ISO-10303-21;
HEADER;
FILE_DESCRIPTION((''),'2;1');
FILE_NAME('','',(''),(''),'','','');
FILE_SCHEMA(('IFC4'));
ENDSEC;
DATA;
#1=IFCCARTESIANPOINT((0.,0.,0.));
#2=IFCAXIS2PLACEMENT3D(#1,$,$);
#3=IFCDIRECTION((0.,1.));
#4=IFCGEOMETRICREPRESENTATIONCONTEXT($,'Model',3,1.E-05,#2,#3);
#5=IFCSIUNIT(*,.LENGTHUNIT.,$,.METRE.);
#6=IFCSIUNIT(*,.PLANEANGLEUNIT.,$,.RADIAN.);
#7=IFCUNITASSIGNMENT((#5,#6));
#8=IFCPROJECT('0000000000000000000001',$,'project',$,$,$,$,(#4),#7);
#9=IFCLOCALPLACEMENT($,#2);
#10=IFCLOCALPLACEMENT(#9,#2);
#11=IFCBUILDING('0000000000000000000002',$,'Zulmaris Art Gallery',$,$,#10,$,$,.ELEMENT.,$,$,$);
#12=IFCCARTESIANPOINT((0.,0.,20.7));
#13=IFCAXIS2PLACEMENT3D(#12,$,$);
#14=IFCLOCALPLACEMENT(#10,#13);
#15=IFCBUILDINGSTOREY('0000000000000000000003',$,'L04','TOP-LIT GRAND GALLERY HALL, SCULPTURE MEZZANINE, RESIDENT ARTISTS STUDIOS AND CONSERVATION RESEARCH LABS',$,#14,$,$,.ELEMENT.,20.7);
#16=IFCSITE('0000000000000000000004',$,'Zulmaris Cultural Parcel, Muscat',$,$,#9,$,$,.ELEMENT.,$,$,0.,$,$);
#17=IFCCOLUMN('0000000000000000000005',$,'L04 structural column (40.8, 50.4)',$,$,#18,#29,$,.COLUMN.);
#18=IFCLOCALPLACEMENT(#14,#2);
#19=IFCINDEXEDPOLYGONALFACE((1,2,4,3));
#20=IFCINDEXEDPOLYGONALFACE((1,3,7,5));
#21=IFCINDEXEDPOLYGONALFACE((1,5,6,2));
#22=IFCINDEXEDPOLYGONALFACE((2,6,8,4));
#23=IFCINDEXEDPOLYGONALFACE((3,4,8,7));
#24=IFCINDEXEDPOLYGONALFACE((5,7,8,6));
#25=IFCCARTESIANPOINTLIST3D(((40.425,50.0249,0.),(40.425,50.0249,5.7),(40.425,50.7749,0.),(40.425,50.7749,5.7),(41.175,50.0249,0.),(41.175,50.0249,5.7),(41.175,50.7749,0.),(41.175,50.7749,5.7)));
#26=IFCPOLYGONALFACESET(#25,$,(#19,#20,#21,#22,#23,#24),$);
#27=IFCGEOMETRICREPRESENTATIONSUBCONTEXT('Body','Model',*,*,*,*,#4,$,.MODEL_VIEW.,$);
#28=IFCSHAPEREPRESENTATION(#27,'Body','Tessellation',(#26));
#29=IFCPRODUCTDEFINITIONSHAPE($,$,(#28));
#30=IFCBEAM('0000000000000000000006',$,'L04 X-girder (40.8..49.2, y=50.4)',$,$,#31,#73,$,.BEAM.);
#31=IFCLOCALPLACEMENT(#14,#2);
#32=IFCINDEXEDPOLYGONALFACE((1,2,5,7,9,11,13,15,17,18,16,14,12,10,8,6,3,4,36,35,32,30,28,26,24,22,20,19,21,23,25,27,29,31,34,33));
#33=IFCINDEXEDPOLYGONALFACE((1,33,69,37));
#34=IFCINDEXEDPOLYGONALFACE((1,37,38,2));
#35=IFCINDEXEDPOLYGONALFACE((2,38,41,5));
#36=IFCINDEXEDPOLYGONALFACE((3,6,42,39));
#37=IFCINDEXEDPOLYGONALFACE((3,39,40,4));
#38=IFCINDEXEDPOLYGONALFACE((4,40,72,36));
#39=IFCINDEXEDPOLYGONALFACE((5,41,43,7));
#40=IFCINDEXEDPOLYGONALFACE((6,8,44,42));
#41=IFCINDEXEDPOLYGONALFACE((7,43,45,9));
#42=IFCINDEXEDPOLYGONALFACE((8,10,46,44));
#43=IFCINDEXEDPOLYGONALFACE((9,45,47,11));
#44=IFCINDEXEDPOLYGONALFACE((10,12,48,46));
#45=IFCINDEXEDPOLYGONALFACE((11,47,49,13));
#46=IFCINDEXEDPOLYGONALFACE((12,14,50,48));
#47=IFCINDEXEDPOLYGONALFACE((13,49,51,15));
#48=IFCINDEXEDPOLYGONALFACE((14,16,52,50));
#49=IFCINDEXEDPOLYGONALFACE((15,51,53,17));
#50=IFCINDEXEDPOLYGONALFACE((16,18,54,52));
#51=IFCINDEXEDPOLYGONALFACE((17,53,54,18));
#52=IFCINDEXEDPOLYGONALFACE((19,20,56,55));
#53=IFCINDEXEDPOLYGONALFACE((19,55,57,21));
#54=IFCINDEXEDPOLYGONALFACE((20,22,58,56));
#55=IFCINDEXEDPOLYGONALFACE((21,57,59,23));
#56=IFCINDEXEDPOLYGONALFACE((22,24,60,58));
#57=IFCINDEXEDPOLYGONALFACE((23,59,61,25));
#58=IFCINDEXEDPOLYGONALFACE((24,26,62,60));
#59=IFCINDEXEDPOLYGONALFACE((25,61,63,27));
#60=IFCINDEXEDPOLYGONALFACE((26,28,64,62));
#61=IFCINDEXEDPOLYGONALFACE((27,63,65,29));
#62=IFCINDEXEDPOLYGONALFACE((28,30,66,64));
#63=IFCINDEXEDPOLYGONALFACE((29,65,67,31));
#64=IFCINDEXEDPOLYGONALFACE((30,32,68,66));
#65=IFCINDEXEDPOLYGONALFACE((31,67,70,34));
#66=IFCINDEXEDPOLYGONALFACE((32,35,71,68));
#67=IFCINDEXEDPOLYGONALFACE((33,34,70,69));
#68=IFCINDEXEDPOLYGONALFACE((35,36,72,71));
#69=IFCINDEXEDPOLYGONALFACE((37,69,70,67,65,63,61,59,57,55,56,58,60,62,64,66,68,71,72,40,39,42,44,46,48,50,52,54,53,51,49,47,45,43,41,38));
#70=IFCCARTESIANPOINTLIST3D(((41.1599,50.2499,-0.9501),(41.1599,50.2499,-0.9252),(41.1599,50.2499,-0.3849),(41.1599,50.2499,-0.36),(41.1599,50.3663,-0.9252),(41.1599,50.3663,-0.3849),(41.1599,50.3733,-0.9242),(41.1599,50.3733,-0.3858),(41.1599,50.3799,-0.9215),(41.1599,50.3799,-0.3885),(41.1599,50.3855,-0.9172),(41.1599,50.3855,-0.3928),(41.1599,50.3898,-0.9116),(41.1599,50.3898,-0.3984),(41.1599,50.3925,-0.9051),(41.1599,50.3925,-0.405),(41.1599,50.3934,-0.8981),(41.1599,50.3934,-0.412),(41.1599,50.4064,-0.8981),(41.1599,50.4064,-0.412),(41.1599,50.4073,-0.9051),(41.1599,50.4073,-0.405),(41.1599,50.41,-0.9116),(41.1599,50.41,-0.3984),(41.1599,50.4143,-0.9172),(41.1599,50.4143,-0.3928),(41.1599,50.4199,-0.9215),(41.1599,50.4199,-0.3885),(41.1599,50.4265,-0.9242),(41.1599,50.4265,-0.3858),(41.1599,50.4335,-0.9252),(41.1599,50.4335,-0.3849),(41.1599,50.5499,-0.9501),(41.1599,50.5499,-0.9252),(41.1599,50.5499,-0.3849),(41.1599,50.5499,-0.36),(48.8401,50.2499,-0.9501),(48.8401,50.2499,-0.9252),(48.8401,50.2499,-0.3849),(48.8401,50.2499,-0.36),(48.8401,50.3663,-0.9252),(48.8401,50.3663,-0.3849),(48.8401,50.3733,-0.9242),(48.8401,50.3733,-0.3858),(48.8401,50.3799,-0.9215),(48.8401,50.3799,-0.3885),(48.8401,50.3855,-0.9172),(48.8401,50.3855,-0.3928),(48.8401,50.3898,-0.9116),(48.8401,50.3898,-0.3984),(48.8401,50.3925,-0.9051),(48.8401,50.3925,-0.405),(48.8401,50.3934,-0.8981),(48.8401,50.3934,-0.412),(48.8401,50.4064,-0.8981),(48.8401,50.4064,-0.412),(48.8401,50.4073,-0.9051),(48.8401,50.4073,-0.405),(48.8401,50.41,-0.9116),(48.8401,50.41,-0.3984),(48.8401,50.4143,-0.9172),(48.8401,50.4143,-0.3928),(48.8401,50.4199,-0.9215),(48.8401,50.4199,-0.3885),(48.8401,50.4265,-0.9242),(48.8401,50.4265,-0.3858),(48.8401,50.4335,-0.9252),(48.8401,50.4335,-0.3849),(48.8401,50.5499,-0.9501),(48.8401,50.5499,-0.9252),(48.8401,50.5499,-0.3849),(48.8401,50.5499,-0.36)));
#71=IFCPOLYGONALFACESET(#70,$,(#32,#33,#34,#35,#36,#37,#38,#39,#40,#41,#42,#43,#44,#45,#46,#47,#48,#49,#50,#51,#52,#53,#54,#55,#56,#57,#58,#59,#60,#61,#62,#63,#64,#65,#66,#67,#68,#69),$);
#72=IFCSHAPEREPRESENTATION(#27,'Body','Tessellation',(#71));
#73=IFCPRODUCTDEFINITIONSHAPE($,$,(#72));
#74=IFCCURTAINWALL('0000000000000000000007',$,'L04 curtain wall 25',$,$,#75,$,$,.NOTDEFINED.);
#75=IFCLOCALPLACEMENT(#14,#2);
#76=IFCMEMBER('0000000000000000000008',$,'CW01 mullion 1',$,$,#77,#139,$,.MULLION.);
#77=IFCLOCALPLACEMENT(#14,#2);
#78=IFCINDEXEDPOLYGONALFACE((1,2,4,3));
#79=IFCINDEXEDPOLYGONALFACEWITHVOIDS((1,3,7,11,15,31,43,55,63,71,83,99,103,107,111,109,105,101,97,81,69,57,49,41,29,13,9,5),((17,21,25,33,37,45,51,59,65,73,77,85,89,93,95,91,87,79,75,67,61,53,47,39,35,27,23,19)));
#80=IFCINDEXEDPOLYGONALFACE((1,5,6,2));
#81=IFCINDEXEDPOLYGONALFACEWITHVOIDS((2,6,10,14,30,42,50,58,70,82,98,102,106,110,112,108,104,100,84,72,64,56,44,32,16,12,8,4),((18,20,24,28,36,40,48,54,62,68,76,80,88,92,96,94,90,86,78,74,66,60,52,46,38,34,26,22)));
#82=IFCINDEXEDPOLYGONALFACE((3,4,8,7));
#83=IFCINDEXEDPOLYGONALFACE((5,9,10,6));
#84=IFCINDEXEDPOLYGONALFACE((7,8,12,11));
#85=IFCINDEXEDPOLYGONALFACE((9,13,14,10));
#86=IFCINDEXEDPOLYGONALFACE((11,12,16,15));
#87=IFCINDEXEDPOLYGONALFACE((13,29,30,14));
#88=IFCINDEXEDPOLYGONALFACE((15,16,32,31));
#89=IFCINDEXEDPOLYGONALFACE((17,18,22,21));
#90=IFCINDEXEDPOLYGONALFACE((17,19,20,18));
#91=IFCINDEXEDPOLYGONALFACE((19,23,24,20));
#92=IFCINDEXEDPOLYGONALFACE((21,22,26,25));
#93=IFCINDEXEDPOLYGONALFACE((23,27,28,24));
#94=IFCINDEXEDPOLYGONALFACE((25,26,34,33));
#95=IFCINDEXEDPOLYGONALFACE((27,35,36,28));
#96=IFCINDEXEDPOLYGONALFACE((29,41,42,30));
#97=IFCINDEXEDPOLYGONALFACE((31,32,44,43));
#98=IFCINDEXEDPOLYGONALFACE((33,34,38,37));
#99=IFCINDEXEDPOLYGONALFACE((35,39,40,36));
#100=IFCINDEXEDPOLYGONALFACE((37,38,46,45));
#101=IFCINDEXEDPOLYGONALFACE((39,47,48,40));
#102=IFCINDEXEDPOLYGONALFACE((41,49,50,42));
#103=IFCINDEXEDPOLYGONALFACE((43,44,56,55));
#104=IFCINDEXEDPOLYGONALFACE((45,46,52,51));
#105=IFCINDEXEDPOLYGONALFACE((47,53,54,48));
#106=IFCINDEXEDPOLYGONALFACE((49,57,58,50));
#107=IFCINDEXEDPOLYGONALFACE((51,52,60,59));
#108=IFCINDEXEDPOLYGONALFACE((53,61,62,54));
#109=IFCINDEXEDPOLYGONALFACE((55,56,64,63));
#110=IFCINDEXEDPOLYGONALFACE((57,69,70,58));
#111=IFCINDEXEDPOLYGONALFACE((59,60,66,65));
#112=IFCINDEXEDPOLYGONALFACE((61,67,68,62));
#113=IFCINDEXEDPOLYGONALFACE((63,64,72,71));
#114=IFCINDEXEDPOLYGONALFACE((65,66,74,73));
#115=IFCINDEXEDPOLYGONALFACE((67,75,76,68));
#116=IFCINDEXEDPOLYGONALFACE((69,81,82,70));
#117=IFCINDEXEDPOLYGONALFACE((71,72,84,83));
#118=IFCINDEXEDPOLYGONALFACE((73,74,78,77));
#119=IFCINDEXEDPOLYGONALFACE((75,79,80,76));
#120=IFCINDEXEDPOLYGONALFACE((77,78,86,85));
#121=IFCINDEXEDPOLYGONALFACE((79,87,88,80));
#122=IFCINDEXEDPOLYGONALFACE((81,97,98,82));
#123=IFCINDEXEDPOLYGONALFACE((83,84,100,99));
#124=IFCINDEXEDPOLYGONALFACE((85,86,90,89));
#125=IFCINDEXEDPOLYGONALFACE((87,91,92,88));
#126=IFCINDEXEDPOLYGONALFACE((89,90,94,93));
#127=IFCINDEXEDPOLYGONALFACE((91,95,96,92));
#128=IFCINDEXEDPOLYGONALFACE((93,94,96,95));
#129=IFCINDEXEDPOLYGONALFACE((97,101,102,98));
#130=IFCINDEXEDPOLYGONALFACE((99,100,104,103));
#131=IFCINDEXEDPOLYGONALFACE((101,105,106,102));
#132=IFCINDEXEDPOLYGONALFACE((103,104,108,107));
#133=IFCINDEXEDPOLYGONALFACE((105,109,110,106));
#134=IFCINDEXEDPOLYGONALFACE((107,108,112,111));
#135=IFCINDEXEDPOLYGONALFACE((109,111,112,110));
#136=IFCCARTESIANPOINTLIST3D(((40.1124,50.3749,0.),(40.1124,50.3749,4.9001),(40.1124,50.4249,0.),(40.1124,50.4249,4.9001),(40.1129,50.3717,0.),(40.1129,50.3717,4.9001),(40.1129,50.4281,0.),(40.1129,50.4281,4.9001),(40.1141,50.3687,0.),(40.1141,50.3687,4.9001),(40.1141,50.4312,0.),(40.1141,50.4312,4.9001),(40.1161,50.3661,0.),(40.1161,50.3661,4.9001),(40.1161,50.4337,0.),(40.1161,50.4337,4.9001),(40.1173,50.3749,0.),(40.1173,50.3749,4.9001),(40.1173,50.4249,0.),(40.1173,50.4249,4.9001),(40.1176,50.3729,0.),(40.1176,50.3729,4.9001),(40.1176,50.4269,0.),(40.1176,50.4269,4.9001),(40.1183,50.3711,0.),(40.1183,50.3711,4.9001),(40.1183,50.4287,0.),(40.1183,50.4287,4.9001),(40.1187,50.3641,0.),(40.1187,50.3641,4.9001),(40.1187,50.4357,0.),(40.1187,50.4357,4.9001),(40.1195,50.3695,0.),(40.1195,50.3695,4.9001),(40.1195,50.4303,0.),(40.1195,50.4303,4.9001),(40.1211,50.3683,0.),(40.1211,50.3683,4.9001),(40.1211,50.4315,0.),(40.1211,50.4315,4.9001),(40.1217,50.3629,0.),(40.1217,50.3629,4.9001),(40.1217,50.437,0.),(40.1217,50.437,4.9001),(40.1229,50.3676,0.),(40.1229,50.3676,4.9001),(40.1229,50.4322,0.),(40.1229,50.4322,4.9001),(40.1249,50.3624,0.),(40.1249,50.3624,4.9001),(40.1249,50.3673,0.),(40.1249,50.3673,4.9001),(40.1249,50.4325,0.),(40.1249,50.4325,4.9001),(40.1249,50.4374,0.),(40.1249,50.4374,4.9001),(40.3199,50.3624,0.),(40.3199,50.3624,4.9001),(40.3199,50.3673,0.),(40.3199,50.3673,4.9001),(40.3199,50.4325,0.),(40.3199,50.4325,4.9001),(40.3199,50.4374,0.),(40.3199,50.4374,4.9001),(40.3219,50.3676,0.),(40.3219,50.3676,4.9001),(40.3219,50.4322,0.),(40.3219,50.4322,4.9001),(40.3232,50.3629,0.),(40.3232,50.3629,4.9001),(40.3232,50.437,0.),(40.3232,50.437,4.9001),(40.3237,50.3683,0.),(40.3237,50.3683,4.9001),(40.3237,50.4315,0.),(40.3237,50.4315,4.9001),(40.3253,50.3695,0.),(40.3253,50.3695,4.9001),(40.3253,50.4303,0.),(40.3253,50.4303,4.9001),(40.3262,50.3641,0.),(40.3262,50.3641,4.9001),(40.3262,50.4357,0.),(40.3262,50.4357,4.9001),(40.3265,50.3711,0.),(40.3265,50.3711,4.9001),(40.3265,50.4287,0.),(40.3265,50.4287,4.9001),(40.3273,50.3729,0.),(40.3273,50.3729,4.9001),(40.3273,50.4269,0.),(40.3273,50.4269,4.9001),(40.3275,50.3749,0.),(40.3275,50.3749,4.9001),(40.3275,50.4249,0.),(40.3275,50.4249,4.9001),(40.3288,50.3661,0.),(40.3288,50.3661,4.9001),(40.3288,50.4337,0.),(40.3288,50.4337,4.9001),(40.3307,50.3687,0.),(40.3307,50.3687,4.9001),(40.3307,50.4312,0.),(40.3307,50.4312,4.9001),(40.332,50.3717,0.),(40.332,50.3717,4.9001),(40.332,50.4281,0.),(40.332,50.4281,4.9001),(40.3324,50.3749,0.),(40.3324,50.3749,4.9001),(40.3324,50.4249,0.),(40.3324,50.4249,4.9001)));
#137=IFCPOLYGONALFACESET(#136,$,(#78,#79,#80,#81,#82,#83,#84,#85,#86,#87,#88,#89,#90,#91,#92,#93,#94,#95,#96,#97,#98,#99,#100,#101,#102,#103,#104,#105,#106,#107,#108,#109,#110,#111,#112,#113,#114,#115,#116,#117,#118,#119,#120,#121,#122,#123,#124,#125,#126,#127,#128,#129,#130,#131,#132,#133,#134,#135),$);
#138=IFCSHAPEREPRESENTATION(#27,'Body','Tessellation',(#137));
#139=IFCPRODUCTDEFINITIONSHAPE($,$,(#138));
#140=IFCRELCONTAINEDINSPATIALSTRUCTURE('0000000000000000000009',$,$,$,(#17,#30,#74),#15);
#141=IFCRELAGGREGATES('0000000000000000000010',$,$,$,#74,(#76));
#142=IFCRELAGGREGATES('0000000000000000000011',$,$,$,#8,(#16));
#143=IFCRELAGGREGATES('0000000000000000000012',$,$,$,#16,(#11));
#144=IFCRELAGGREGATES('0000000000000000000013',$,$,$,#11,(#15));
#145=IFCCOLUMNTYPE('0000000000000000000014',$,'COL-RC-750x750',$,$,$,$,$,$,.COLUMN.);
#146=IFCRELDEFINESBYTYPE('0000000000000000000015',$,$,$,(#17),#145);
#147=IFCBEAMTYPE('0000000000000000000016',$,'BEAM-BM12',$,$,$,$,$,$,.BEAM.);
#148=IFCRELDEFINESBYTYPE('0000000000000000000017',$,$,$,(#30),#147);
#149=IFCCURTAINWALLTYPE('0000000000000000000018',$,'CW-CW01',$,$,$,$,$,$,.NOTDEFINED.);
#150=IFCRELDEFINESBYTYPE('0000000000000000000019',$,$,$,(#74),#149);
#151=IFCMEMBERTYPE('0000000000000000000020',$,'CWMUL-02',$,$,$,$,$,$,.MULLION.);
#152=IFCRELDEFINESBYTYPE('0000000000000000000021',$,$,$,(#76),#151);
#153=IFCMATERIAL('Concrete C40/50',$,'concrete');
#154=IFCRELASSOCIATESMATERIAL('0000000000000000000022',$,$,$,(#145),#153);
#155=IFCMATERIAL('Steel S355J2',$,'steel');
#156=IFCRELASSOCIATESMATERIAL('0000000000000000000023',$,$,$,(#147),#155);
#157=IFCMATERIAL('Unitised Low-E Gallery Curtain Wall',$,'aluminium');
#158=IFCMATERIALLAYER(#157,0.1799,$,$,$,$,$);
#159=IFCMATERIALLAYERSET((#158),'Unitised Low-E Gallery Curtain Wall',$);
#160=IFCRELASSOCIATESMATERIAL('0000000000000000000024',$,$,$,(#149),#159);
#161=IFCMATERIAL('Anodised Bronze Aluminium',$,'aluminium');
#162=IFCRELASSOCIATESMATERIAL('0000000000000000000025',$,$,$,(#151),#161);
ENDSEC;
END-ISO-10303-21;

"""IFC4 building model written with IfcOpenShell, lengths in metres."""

from ifc_helpers import new_model, si_unit, direction, frame, origin, origin_2d, place, context, subcontext, project, spatial, rectangle, hollow_rectangle, i_section, extrude, material, layer, layer_set, material_profile, profile_set, type_object, element, aggregate, save


model = new_model("IFC4")

# Units and contexts
model_context = context("Model", 3, precision=1e-05, world=origin(), true_north=direction((0.0, 1.0)))
body_context = subcontext(model_context, "Body", "Model", "MODEL_VIEW")
ifc_project = project(units=[si_unit("LENGTHUNIT", "METRE"), si_unit("PLANEANGLEUNIT", "RADIAN")], contexts=[model_context])

# Site, building, storey
site_placement = place(None, origin())
site = spatial("IfcSite", under=ifc_project, at=site_placement, Name="Zulmaris Cultural Parcel, Muscat", CompositionType="ELEMENT", RefElevation=0.0)
building_placement = place(site_placement, origin())
building = spatial("IfcBuilding", under=site, at=building_placement, Name="Zulmaris Art Gallery", CompositionType="ELEMENT")
storey_placement = place(building_placement, frame((0.0, 0.0, 20.7)))
storey = spatial("IfcBuildingStorey", under=building, at=storey_placement, Name="L04", Description="TOP-LIT GRAND GALLERY HALL, SCULPTURE MEZZANINE, RESIDENT ARTISTS STUDIOS AND CONSERVATION RESEARCH LABS", CompositionType="ELEMENT", Elevation=20.7)

# Column
ifc_material_1 = material(Name="Concrete C40/50", Category="concrete")
ifc_material_profile_1 = material_profile(ifc_material_1, rectangle(XDim=0.75, YDim=0.75, at=origin_2d()), Name="RC 750x750")
ifc_profile_set_1 = profile_set([ifc_material_profile_1], Name="Concrete C40/50")
column_type = type_object("IfcColumnType", Name="COL-RC-750x750", PredefinedType="COLUMN", material=ifc_profile_set_1)
column_placement = place(storey_placement, frame((40.8, 50.3999, 0.0), z_axis=(0.0, 0.0, 1.0), x_axis=(1.0, 0.0, 0.0)))
element("IfcColumn", 1, at=column_placement, inside=storey, type_object=column_type, Name="L04 structural column (40.8, 50.4)", PredefinedType="COLUMN", context=body_context, shape_type="SweptSolid", body=[
    extrude(rectangle(XDim=0.75, YDim=0.75, at=origin_2d()), origin(), (0.0, 0.0, 1.0), 5.7),
])

# Beam
ifc_material_2 = material(Name="Steel S355J2", Category="steel")
ifc_material_profile_2 = material_profile(ifc_material_2, i_section(OverallWidth=0.3, OverallDepth=0.5901, WebThickness=0.0129, FlangeThickness=0.0249, FilletRadius=0.0271, at=origin_2d()), Name="HEA 600")
ifc_profile_set_2 = profile_set([ifc_material_profile_2], Name="Steel S355J2")
beam_type = type_object("IfcBeamType", Name="BEAM-BM12", PredefinedType="BEAM", material=ifc_profile_set_2)
beam_placement = place(storey_placement, frame((41.1599, 50.3999, -0.655), z_axis=(1.0, 0.0, 0.0), x_axis=(0.0, 1.0, 0.0)))
element("IfcBeam", 2, at=beam_placement, inside=storey, type_object=beam_type, Name="L04 X-girder (40.8..49.2, y=50.4)", PredefinedType="BEAM", context=body_context, shape_type="SweptSolid", body=[
    extrude(i_section(OverallWidth=0.3, OverallDepth=0.5901, WebThickness=0.0129, FlangeThickness=0.0249, FilletRadius=0.0271, at=origin_2d()), origin(), (0.0, 0.0, 1.0), 7.6802),
])

# Curtain wall, member
ifc_material_3 = material(Name="Unitised Low-E Gallery Curtain Wall", Category="aluminium")
ifc_layer_1 = layer(ifc_material_3, 0.1799)
ifc_layer_set_1 = layer_set([ifc_layer_1], Name="Unitised Low-E Gallery Curtain Wall")
curtain_wall_type = type_object("IfcCurtainWallType", Name="CW-CW01", PredefinedType="NOTDEFINED", material=ifc_layer_set_1)
curtain_wall_1_placement = place(storey_placement, origin())
curtain_wall_1 = element("IfcCurtainWall", 3, at=curtain_wall_1_placement, inside=storey, type_object=curtain_wall_type, Name="L04 curtain wall 25", PredefinedType="NOTDEFINED")
ifc_material_4 = material(Name="Anodised Bronze Aluminium", Category="aluminium")
ifc_material_profile_3 = material_profile(ifc_material_4, hollow_rectangle(XDim=0.075, YDim=0.22, WallThickness=0.0049, InnerFilletRadius=0.0076, OuterFilletRadius=0.0125, at=origin_2d()), Name="ALU 75x220x5")
ifc_profile_set_3 = profile_set([ifc_material_profile_3], Name="Anodised Bronze Aluminium")
member_type_1 = type_object("IfcMemberType", Name="CWMUL-02", PredefinedType="MULLION", material=ifc_profile_set_3)
member_1_placement = place(storey_placement, frame((40.2224, 50.3999, 0.0), z_axis=(0.0, 0.0, 1.0), x_axis=(0.0, -1.0, 0.0)))
member_1 = element("IfcMember", 4, at=member_1_placement, type_object=member_type_1, Name="CW01 mullion 1", PredefinedType="MULLION", context=body_context, shape_type="SweptSolid", body=[
    extrude(hollow_rectangle(XDim=0.075, YDim=0.22, WallThickness=0.0049, InnerFilletRadius=0.0076, OuterFilletRadius=0.0125, at=origin_2d()), origin(), (0.0, 0.0, 1.0), 4.9001),
])
aggregate(curtain_wall_1, [member_1])

save(model, "model.ifc")
